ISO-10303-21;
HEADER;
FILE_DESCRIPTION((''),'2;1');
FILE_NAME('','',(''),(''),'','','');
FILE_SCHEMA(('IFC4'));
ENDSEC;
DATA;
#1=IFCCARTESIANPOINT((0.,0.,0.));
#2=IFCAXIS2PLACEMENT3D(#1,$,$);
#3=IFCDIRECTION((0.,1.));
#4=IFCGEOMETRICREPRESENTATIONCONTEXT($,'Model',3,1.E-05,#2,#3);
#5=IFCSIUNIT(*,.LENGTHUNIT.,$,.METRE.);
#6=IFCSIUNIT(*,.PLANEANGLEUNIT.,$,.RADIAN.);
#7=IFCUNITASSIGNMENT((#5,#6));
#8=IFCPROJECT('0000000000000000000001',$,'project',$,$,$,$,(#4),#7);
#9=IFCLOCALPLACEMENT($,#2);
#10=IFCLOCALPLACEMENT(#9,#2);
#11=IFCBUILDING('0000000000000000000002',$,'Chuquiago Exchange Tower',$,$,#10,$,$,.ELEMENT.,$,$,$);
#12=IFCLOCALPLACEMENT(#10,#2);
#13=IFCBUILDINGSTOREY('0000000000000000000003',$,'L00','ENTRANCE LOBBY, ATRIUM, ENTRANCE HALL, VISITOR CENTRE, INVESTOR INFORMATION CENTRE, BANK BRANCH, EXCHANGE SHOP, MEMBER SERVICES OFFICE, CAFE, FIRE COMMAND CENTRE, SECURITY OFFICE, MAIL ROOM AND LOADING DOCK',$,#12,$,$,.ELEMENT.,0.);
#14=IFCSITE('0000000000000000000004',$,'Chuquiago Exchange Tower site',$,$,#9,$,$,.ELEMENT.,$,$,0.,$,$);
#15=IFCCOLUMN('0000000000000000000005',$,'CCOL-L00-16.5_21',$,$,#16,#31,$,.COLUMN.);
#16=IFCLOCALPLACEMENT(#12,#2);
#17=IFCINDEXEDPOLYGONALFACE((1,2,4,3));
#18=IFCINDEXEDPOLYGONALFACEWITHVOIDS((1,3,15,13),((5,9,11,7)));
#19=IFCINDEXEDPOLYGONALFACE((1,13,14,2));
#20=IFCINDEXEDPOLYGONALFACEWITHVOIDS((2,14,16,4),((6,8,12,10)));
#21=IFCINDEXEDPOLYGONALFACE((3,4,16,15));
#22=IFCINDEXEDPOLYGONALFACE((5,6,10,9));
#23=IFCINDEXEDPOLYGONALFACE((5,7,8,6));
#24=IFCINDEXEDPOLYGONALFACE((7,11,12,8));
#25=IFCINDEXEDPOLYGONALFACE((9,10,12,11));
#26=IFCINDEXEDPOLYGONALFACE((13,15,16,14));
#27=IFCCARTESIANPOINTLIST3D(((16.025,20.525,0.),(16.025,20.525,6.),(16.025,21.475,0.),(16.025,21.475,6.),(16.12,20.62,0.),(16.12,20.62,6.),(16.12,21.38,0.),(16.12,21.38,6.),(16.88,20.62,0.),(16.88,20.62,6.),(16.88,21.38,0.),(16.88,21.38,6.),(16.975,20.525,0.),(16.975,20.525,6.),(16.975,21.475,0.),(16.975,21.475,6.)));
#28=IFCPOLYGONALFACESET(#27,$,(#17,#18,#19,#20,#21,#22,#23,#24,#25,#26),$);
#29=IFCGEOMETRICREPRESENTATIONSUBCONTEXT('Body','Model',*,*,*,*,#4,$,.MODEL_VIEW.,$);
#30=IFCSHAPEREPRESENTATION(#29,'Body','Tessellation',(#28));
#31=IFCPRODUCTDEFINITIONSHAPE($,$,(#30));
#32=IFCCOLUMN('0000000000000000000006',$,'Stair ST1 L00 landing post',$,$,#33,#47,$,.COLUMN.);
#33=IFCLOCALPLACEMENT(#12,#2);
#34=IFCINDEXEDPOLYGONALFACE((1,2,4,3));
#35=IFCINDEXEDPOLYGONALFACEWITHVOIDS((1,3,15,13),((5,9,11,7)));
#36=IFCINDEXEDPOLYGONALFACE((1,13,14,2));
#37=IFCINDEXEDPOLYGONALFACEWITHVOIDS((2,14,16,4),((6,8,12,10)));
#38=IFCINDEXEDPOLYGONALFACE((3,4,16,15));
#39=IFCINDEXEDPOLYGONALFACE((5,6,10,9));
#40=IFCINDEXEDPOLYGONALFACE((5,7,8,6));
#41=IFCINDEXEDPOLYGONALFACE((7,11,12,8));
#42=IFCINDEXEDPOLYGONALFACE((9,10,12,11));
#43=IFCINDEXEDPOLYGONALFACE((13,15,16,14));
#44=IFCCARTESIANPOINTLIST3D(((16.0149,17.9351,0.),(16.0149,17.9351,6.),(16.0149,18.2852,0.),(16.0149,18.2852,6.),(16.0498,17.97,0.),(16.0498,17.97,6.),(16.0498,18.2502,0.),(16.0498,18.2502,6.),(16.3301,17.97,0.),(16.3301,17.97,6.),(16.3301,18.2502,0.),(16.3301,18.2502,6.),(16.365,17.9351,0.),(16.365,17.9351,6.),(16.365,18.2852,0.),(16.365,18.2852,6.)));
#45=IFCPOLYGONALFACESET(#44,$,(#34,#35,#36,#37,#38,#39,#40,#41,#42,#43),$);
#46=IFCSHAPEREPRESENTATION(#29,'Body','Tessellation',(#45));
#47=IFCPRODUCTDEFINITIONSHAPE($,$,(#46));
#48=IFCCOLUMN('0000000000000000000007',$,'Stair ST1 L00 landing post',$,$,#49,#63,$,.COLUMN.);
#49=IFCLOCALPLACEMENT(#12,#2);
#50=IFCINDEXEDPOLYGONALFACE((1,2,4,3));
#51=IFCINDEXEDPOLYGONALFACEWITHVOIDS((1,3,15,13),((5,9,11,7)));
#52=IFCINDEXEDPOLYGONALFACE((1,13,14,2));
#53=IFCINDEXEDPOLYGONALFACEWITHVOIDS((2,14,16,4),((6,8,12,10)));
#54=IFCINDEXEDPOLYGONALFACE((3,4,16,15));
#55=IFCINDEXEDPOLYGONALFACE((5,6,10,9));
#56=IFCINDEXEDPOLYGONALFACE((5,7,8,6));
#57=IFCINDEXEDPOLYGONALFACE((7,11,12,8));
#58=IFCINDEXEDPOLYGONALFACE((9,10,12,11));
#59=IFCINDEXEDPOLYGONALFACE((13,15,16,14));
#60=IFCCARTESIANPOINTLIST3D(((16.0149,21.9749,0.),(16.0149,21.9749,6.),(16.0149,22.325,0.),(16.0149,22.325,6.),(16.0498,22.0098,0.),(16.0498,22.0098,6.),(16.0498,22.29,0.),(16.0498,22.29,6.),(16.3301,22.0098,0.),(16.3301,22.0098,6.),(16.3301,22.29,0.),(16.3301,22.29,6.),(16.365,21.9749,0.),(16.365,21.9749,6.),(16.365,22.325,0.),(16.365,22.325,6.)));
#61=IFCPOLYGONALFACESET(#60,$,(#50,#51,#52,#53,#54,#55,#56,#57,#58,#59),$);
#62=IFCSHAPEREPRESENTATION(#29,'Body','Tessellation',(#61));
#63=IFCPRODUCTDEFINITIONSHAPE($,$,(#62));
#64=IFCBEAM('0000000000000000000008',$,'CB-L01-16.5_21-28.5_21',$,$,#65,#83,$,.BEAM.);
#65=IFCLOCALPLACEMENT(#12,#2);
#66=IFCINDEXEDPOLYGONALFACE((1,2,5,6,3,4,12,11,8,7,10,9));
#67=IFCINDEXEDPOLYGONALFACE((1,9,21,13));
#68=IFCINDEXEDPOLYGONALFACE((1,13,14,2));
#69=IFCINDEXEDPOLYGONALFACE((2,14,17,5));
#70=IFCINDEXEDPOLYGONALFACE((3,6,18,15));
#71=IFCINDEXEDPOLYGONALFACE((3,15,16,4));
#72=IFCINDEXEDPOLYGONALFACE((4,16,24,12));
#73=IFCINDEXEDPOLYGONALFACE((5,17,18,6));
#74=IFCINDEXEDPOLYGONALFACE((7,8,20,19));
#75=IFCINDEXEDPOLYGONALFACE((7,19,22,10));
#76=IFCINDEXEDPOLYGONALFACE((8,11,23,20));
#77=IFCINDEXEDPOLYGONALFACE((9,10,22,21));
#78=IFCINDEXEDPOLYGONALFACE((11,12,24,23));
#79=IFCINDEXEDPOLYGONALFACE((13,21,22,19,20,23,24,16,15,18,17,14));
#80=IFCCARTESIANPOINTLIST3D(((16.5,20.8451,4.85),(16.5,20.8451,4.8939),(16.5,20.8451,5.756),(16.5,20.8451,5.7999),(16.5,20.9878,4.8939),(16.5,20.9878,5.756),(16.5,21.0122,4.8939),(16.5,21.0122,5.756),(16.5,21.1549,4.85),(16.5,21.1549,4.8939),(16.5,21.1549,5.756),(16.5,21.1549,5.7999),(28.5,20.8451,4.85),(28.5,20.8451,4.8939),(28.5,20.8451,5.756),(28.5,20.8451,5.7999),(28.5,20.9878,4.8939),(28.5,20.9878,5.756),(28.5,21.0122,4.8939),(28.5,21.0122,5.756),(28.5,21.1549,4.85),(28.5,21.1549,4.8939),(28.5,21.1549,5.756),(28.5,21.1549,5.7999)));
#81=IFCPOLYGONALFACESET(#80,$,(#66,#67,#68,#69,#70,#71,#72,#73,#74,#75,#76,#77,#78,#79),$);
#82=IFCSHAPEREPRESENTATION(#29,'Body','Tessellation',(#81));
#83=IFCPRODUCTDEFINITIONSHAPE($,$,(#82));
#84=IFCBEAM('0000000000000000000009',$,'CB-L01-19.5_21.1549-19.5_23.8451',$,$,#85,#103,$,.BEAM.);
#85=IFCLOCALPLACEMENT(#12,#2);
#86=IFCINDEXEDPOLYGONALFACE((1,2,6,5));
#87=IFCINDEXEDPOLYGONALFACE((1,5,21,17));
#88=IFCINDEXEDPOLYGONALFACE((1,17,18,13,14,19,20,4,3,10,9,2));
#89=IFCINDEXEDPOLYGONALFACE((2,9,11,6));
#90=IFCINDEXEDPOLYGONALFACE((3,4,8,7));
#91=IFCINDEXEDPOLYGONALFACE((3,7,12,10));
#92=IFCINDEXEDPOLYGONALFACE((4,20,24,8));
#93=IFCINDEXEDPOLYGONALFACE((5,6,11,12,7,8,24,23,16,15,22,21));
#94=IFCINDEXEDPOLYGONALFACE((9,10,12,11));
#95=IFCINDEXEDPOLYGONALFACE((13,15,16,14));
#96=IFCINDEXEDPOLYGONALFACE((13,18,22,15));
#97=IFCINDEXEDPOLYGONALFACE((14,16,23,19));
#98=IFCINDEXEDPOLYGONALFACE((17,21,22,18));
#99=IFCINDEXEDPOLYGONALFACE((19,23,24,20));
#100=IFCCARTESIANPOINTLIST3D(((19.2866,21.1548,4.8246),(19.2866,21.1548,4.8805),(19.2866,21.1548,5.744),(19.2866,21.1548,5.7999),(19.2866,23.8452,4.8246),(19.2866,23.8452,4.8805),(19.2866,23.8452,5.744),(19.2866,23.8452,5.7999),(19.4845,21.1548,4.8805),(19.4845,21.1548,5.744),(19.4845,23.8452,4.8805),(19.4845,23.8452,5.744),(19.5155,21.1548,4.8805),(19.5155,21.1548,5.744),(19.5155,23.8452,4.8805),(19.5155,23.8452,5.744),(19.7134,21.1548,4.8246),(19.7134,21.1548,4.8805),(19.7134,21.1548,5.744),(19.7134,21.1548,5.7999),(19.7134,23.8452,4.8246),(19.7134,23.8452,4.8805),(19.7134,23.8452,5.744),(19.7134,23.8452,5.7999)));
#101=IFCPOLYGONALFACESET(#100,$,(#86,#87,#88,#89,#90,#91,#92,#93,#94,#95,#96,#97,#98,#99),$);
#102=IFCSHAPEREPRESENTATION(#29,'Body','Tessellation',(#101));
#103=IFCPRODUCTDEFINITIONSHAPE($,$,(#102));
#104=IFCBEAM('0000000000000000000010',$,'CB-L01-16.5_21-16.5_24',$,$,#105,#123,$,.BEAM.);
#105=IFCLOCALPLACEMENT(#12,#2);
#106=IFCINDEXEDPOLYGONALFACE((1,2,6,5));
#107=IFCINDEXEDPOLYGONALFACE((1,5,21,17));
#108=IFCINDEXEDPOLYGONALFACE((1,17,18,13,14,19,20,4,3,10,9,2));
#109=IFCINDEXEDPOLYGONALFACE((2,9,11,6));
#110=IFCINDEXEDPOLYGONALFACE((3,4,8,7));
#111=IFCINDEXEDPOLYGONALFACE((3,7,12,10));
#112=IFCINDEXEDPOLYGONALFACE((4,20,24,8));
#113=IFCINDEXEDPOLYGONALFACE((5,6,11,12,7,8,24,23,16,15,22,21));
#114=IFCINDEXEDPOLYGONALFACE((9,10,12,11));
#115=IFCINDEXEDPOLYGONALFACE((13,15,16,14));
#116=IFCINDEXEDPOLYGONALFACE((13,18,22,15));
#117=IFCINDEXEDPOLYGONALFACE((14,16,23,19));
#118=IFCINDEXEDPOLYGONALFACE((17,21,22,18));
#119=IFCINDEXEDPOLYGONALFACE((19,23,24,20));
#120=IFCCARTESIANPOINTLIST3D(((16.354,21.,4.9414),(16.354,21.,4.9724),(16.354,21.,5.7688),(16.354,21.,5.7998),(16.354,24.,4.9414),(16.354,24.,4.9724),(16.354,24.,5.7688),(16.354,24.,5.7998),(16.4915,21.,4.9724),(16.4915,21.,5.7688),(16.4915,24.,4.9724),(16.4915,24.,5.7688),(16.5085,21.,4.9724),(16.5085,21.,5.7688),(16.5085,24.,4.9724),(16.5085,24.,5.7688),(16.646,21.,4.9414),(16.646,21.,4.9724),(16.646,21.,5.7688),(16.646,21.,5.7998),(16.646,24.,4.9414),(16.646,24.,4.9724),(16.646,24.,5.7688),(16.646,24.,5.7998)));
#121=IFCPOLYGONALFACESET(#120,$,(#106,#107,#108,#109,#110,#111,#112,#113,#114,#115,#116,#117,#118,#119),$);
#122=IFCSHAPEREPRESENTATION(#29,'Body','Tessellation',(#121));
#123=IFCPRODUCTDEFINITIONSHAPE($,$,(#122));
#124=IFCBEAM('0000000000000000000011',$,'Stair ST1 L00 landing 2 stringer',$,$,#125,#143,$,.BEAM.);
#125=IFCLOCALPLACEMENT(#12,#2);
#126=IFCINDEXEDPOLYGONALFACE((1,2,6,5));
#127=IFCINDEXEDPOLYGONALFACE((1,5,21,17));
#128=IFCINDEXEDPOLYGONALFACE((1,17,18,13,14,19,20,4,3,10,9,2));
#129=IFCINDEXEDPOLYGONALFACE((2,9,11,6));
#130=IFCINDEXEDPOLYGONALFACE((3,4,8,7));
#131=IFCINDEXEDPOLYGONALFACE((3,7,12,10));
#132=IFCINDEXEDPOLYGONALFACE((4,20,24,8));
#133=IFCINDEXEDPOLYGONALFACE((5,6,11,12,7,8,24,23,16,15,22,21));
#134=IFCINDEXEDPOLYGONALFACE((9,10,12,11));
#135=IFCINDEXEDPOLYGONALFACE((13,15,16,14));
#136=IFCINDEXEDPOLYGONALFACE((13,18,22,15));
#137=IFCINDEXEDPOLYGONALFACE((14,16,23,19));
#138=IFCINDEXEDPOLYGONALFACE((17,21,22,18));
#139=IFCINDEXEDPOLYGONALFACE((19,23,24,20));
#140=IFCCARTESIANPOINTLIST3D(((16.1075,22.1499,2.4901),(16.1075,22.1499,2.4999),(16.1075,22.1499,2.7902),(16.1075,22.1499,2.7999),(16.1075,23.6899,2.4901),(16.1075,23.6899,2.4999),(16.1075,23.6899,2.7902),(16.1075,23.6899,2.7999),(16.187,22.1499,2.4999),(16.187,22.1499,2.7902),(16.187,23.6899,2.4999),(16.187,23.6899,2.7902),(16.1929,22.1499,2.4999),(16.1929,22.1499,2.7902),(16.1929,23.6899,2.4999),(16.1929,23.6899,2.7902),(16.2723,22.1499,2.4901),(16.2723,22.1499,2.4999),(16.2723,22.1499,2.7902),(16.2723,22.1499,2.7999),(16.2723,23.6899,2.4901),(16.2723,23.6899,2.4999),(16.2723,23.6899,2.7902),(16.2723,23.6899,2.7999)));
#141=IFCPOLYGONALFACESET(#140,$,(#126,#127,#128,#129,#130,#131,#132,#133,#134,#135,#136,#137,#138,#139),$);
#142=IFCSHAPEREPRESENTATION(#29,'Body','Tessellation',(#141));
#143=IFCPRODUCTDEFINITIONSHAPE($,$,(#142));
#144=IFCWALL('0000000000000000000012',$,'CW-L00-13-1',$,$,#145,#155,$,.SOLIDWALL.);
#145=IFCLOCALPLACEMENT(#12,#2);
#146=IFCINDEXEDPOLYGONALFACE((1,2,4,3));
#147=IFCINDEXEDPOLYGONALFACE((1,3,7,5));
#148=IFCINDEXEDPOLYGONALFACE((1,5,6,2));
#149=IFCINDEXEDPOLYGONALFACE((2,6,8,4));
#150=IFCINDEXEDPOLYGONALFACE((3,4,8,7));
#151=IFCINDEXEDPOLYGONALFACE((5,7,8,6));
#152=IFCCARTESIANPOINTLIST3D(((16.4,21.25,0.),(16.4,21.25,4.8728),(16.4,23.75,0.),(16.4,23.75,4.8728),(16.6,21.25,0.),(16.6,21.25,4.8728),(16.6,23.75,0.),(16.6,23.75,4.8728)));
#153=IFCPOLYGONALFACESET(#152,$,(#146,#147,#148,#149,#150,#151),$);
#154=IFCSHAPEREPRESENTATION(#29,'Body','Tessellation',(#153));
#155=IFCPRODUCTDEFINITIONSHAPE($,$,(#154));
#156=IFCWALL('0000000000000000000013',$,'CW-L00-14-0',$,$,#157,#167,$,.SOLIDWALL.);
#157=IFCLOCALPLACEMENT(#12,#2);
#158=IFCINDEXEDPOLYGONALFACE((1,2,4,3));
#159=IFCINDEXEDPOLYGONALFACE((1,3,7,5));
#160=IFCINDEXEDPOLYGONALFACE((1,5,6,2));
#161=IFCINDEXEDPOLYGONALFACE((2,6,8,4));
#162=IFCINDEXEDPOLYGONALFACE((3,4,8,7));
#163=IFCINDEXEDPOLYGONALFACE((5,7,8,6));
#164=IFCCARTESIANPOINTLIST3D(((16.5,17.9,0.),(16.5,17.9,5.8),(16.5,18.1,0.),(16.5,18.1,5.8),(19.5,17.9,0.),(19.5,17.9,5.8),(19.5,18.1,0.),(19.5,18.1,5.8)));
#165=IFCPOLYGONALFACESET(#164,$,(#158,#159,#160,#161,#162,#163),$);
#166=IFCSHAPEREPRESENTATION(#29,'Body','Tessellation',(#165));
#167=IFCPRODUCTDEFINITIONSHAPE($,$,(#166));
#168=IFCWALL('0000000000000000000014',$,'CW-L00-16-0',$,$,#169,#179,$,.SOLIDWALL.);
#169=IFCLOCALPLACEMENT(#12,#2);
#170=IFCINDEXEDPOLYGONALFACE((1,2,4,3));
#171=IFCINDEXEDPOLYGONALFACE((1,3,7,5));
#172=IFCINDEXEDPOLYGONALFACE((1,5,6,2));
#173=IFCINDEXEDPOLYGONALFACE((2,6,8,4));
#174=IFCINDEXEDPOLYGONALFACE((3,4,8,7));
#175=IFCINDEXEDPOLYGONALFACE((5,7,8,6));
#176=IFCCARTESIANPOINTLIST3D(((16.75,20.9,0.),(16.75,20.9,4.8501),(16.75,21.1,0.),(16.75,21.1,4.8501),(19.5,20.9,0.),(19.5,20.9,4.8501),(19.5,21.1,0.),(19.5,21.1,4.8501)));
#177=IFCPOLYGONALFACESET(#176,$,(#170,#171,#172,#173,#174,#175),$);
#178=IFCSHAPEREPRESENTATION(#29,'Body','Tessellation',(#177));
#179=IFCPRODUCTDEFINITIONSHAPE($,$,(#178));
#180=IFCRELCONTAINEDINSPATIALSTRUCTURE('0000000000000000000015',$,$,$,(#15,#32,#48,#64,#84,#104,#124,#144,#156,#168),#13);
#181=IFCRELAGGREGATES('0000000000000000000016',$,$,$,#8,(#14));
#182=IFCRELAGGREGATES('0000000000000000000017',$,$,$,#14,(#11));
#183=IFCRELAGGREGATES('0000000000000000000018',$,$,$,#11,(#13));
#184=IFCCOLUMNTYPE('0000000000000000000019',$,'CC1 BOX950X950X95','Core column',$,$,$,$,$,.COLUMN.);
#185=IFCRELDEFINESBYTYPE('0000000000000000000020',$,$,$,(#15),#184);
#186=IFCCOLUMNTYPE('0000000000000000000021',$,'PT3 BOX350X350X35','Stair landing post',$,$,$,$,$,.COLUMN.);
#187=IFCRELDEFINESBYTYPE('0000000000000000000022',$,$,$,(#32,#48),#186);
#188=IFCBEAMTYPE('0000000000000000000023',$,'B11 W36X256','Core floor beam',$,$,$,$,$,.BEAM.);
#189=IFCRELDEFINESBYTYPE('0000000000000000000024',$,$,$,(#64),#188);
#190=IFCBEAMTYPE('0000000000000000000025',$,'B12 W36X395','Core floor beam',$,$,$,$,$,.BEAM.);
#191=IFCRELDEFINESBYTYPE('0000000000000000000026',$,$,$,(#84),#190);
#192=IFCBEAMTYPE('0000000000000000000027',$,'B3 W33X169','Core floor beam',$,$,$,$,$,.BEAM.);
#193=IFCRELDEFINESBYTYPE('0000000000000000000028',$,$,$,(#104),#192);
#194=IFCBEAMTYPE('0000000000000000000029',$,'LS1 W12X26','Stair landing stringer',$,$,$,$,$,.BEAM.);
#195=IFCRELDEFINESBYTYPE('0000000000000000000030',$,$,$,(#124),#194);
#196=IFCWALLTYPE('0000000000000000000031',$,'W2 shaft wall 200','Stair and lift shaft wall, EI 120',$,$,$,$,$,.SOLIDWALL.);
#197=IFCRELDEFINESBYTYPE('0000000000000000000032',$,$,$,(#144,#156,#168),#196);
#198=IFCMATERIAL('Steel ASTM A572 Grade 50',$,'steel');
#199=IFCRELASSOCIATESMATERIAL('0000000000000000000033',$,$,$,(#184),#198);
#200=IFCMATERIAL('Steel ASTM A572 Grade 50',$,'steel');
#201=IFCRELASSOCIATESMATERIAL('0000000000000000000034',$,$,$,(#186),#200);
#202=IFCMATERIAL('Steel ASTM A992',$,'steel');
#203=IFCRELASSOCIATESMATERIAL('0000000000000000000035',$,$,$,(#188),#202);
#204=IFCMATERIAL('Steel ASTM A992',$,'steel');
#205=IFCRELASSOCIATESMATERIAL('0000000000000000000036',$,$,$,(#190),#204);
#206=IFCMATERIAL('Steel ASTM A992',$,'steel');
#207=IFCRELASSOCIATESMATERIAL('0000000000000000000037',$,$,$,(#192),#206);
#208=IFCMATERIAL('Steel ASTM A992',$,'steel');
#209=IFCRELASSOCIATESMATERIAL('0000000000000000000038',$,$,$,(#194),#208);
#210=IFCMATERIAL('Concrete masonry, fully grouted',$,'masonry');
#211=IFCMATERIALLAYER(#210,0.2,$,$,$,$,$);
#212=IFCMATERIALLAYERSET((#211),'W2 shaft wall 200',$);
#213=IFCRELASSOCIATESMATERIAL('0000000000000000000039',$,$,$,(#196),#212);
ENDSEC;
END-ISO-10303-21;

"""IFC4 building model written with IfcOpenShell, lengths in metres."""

from ifc_helpers import new_model, si_unit, direction, frame, frame_2d, origin, origin_2d, place, context, subcontext, project, spatial, rectangle, hollow_rectangle, i_section, extrude, material, layer, layer_set, material_profile, profile_set, type_object, element, save


model = new_model("IFC4")

# Units and contexts
model_context = context("Model", 3, precision=1e-05, world=origin(), true_north=direction((0.0, 1.0)))
body_context = subcontext(model_context, "Body", "Model", "MODEL_VIEW")
ifc_project = project(units=[si_unit("LENGTHUNIT", "METRE"), si_unit("PLANEANGLEUNIT", "RADIAN")], contexts=[model_context])

# Site, building, storey
site_placement = place(None, origin())
site = spatial("IfcSite", under=ifc_project, at=site_placement, Name="Chuquiago Exchange Tower site", CompositionType="ELEMENT", RefElevation=0.0)
building_placement = place(site_placement, origin())
building = spatial("IfcBuilding", under=site, at=building_placement, Name="Chuquiago Exchange Tower", CompositionType="ELEMENT")
storey_placement = place(building_placement, origin())
storey = spatial("IfcBuildingStorey", under=building, at=storey_placement, Name="L00", Description="ENTRANCE LOBBY, ATRIUM, ENTRANCE HALL, VISITOR CENTRE, INVESTOR INFORMATION CENTRE, BANK BRANCH, EXCHANGE SHOP, MEMBER SERVICES OFFICE, CAFE, FIRE COMMAND CENTRE, SECURITY OFFICE, MAIL ROOM AND LOADING DOCK", CompositionType="ELEMENT", Elevation=0.0)

# Columns
ifc_material_1 = material(Name="Steel ASTM A572 Grade 50", Category="steel")
ifc_material_profile_1 = material_profile(ifc_material_1, hollow_rectangle(XDim=0.95, YDim=0.95, WallThickness=0.095, at=origin_2d()), Name="BOX950X950X95")
ifc_profile_set_1 = profile_set([ifc_material_profile_1], Name="Steel ASTM A572 Grade 50")
column_type_1 = type_object("IfcColumnType", Name="CC1 BOX950X950X95", Description="Core column", PredefinedType="COLUMN", material=ifc_profile_set_1)
column_placement = place(storey_placement, frame((16.5, 21.0, 0.0), z_axis=(0.0, 0.0, 1.0), x_axis=(1.0, 0.0, 0.0)))
element("IfcColumn", 1, at=column_placement, inside=storey, type_object=column_type_1, Name="CCOL-L00-16.5_21", PredefinedType="COLUMN", context=body_context, shape_type="SweptSolid", body=[
    extrude(hollow_rectangle(XDim=0.95, YDim=0.95, WallThickness=0.095, at=origin_2d()), origin(), (0.0, 0.0, 1.0), 6.0),
])
ifc_material_2 = material(Name="Steel ASTM A572 Grade 50", Category="steel")
ifc_material_profile_2 = material_profile(ifc_material_2, hollow_rectangle(XDim=0.3501, YDim=0.3501, WallThickness=0.0349, at=origin_2d()), Name="BOX350X350X35")
ifc_profile_set_2 = profile_set([ifc_material_profile_2], Name="Steel ASTM A572 Grade 50")
column_type_2 = type_object("IfcColumnType", Name="PT3 BOX350X350X35", Description="Stair landing post", PredefinedType="COLUMN", material=ifc_profile_set_2)
for number, where, z_axis, x_axis, name in (
    (2, (16.1899, 18.1101, 0.0), (0.0, 0.0, 1.0), (1.0, 0.0, 0.0), "Stair ST1 L00 landing post"),
    (3, (16.1899, 22.1499, 0.0), (0.0, 0.0, 1.0), (1.0, 0.0, 0.0), "Stair ST1 L00 landing post"),
):
    element("IfcColumn", number, at=place(storey_placement, frame(where, z_axis=z_axis, x_axis=x_axis)), inside=storey, type_object=column_type_2, Name=name, PredefinedType="COLUMN", context=body_context, shape_type="SweptSolid", body=[
        extrude(hollow_rectangle(XDim=0.3501, YDim=0.3501, WallThickness=0.0349, at=origin_2d()), origin(), (0.0, 0.0, 1.0), 6.0),
    ])

# Beams
ifc_material_3 = material(Name="Steel ASTM A992", Category="steel")
ifc_material_profile_3 = material_profile(ifc_material_3, i_section(OverallWidth=0.3098, OverallDepth=0.95, WebThickness=0.0244, FlangeThickness=0.0439, at=origin_2d()), Name="W36X256")
ifc_profile_set_3 = profile_set([ifc_material_profile_3], Name="Steel ASTM A992")
beam_type_1 = type_object("IfcBeamType", Name="B11 W36X256", Description="Core floor beam", PredefinedType="BEAM", material=ifc_profile_set_3)
beam_1_placement = place(storey_placement, frame((16.5, 21.0, 5.325), z_axis=(1.0, 0.0, 0.0), x_axis=(0.0, 1.0, 0.0)))
element("IfcBeam", 4, at=beam_1_placement, inside=storey, type_object=beam_type_1, Name="CB-L01-16.5_21-28.5_21", PredefinedType="BEAM", context=body_context, shape_type="SweptSolid", body=[
    extrude(i_section(OverallWidth=0.3098, OverallDepth=0.95, WebThickness=0.0244, FlangeThickness=0.0439, at=origin_2d()), origin(), (0.0, 0.0, 1.0), 12.0),
])
ifc_material_4 = material(Name="Steel ASTM A992", Category="steel")
ifc_material_profile_4 = material_profile(ifc_material_4, i_section(OverallWidth=0.4268, OverallDepth=0.9753, WebThickness=0.031, FlangeThickness=0.0559, at=origin_2d()), Name="W36X395")
ifc_profile_set_4 = profile_set([ifc_material_profile_4], Name="Steel ASTM A992")
beam_type_2 = type_object("IfcBeamType", Name="B12 W36X395", Description="Core floor beam", PredefinedType="BEAM", material=ifc_profile_set_4)
beam_2_placement = place(storey_placement, frame((19.5, 21.1548, 5.3123), z_axis=(0.0, 1.0, 0.0), x_axis=(-1.0, 0.0, 0.0)))
element("IfcBeam", 5, at=beam_2_placement, inside=storey, type_object=beam_type_2, Name="CB-L01-19.5_21.1549-19.5_23.8451", PredefinedType="BEAM", context=body_context, shape_type="SweptSolid", body=[
    extrude(i_section(OverallWidth=0.4268, OverallDepth=0.9753, WebThickness=0.031, FlangeThickness=0.0559, at=origin_2d()), origin(), (0.0, 0.0, 1.0), 2.6904),
])
ifc_material_5 = material(Name="Steel ASTM A992", Category="steel")
ifc_material_profile_5 = material_profile(ifc_material_5, i_section(OverallWidth=0.292, OverallDepth=0.8584, WebThickness=0.0171, FlangeThickness=0.031, at=origin_2d()), Name="W33X169")
ifc_profile_set_5 = profile_set([ifc_material_profile_5], Name="Steel ASTM A992")
beam_type_3 = type_object("IfcBeamType", Name="B3 W33X169", Description="Core floor beam", PredefinedType="BEAM", material=ifc_profile_set_5)
beam_3_placement = place(storey_placement, frame((16.5, 21.0, 5.3706), z_axis=(0.0, 1.0, 0.0), x_axis=(-1.0, 0.0, 0.0)))
element("IfcBeam", 6, at=beam_3_placement, inside=storey, type_object=beam_type_3, Name="CB-L01-16.5_21-16.5_24", PredefinedType="BEAM", context=body_context, shape_type="SweptSolid", body=[
    extrude(i_section(OverallWidth=0.292, OverallDepth=0.8584, WebThickness=0.0171, FlangeThickness=0.031, at=origin_2d()), origin(), (0.0, 0.0, 1.0), 3.0),
])
ifc_material_6 = material(Name="Steel ASTM A992", Category="steel")
ifc_material_profile_6 = material_profile(ifc_material_6, i_section(OverallWidth=0.1648, OverallDepth=0.3098, WebThickness=0.0059, FlangeThickness=0.0098, at=origin_2d()), Name="W12X26")
ifc_profile_set_6 = profile_set([ifc_material_profile_6], Name="Steel ASTM A992")
beam_type_4 = type_object("IfcBeamType", Name="LS1 W12X26", Description="Stair landing stringer", PredefinedType="BEAM", material=ifc_profile_set_6)
beam_4_placement = place(storey_placement, frame((16.1899, 22.1499, 2.645), z_axis=(0.0, 1.0, 0.0), x_axis=(-1.0, 0.0, 0.0)))
element("IfcBeam", 7, at=beam_4_placement, inside=storey, type_object=beam_type_4, Name="Stair ST1 L00 landing 2 stringer", PredefinedType="BEAM", context=body_context, shape_type="SweptSolid", body=[
    extrude(i_section(OverallWidth=0.1648, OverallDepth=0.3098, WebThickness=0.0059, FlangeThickness=0.0098, at=origin_2d()), origin(), (0.0, 0.0, 1.0), 1.54),
])

# Walls
ifc_material_7 = material(Name="Concrete masonry, fully grouted", Category="masonry")
ifc_layer = layer(ifc_material_7, 0.2)
ifc_layer_set = layer_set([ifc_layer], Name="W2 shaft wall 200")
wall_type = type_object("IfcWallType", Name="W2 shaft wall 200", Description="Stair and lift shaft wall, EI 120", PredefinedType="SOLIDWALL", material=ifc_layer_set)
wall_1_placement = place(storey_placement, frame((16.5, 21.25, 0.0), z_axis=(0.0, 0.0, 1.0), x_axis=(0.0, 1.0, 0.0)))
element("IfcWall", 8, at=wall_1_placement, inside=storey, type_object=wall_type, Name="CW-L00-13-1", PredefinedType="SOLIDWALL", context=body_context, shape_type="SweptSolid", body=[
    extrude(rectangle(XDim=2.5, YDim=0.2, at=frame_2d((1.25, 0.0))), origin(), (0.0, 0.0, 1.0), 4.8728),
])
wall_2_placement = place(storey_placement, frame((16.5, 18.0, 0.0), z_axis=(0.0, 0.0, 1.0), x_axis=(1.0, 0.0, 0.0)))
element("IfcWall", 9, at=wall_2_placement, inside=storey, type_object=wall_type, Name="CW-L00-14-0", PredefinedType="SOLIDWALL", context=body_context, shape_type="SweptSolid", body=[
    extrude(rectangle(XDim=3.0, YDim=0.2, at=frame_2d((1.5, 0.0))), origin(), (0.0, 0.0, 1.0), 5.8),
])
wall_3_placement = place(storey_placement, frame((16.75, 21.0, 0.0), z_axis=(0.0, 0.0, 1.0), x_axis=(1.0, 0.0, 0.0)))
element("IfcWall", 10, at=wall_3_placement, inside=storey, type_object=wall_type, Name="CW-L00-16-0", PredefinedType="SOLIDWALL", context=body_context, shape_type="SweptSolid", body=[
    extrude(rectangle(XDim=2.75, YDim=0.2, at=frame_2d((1.375, 0.0))), origin(), (0.0, 0.0, 1.0), 4.8501),
])

save(model, "model.ifc")
